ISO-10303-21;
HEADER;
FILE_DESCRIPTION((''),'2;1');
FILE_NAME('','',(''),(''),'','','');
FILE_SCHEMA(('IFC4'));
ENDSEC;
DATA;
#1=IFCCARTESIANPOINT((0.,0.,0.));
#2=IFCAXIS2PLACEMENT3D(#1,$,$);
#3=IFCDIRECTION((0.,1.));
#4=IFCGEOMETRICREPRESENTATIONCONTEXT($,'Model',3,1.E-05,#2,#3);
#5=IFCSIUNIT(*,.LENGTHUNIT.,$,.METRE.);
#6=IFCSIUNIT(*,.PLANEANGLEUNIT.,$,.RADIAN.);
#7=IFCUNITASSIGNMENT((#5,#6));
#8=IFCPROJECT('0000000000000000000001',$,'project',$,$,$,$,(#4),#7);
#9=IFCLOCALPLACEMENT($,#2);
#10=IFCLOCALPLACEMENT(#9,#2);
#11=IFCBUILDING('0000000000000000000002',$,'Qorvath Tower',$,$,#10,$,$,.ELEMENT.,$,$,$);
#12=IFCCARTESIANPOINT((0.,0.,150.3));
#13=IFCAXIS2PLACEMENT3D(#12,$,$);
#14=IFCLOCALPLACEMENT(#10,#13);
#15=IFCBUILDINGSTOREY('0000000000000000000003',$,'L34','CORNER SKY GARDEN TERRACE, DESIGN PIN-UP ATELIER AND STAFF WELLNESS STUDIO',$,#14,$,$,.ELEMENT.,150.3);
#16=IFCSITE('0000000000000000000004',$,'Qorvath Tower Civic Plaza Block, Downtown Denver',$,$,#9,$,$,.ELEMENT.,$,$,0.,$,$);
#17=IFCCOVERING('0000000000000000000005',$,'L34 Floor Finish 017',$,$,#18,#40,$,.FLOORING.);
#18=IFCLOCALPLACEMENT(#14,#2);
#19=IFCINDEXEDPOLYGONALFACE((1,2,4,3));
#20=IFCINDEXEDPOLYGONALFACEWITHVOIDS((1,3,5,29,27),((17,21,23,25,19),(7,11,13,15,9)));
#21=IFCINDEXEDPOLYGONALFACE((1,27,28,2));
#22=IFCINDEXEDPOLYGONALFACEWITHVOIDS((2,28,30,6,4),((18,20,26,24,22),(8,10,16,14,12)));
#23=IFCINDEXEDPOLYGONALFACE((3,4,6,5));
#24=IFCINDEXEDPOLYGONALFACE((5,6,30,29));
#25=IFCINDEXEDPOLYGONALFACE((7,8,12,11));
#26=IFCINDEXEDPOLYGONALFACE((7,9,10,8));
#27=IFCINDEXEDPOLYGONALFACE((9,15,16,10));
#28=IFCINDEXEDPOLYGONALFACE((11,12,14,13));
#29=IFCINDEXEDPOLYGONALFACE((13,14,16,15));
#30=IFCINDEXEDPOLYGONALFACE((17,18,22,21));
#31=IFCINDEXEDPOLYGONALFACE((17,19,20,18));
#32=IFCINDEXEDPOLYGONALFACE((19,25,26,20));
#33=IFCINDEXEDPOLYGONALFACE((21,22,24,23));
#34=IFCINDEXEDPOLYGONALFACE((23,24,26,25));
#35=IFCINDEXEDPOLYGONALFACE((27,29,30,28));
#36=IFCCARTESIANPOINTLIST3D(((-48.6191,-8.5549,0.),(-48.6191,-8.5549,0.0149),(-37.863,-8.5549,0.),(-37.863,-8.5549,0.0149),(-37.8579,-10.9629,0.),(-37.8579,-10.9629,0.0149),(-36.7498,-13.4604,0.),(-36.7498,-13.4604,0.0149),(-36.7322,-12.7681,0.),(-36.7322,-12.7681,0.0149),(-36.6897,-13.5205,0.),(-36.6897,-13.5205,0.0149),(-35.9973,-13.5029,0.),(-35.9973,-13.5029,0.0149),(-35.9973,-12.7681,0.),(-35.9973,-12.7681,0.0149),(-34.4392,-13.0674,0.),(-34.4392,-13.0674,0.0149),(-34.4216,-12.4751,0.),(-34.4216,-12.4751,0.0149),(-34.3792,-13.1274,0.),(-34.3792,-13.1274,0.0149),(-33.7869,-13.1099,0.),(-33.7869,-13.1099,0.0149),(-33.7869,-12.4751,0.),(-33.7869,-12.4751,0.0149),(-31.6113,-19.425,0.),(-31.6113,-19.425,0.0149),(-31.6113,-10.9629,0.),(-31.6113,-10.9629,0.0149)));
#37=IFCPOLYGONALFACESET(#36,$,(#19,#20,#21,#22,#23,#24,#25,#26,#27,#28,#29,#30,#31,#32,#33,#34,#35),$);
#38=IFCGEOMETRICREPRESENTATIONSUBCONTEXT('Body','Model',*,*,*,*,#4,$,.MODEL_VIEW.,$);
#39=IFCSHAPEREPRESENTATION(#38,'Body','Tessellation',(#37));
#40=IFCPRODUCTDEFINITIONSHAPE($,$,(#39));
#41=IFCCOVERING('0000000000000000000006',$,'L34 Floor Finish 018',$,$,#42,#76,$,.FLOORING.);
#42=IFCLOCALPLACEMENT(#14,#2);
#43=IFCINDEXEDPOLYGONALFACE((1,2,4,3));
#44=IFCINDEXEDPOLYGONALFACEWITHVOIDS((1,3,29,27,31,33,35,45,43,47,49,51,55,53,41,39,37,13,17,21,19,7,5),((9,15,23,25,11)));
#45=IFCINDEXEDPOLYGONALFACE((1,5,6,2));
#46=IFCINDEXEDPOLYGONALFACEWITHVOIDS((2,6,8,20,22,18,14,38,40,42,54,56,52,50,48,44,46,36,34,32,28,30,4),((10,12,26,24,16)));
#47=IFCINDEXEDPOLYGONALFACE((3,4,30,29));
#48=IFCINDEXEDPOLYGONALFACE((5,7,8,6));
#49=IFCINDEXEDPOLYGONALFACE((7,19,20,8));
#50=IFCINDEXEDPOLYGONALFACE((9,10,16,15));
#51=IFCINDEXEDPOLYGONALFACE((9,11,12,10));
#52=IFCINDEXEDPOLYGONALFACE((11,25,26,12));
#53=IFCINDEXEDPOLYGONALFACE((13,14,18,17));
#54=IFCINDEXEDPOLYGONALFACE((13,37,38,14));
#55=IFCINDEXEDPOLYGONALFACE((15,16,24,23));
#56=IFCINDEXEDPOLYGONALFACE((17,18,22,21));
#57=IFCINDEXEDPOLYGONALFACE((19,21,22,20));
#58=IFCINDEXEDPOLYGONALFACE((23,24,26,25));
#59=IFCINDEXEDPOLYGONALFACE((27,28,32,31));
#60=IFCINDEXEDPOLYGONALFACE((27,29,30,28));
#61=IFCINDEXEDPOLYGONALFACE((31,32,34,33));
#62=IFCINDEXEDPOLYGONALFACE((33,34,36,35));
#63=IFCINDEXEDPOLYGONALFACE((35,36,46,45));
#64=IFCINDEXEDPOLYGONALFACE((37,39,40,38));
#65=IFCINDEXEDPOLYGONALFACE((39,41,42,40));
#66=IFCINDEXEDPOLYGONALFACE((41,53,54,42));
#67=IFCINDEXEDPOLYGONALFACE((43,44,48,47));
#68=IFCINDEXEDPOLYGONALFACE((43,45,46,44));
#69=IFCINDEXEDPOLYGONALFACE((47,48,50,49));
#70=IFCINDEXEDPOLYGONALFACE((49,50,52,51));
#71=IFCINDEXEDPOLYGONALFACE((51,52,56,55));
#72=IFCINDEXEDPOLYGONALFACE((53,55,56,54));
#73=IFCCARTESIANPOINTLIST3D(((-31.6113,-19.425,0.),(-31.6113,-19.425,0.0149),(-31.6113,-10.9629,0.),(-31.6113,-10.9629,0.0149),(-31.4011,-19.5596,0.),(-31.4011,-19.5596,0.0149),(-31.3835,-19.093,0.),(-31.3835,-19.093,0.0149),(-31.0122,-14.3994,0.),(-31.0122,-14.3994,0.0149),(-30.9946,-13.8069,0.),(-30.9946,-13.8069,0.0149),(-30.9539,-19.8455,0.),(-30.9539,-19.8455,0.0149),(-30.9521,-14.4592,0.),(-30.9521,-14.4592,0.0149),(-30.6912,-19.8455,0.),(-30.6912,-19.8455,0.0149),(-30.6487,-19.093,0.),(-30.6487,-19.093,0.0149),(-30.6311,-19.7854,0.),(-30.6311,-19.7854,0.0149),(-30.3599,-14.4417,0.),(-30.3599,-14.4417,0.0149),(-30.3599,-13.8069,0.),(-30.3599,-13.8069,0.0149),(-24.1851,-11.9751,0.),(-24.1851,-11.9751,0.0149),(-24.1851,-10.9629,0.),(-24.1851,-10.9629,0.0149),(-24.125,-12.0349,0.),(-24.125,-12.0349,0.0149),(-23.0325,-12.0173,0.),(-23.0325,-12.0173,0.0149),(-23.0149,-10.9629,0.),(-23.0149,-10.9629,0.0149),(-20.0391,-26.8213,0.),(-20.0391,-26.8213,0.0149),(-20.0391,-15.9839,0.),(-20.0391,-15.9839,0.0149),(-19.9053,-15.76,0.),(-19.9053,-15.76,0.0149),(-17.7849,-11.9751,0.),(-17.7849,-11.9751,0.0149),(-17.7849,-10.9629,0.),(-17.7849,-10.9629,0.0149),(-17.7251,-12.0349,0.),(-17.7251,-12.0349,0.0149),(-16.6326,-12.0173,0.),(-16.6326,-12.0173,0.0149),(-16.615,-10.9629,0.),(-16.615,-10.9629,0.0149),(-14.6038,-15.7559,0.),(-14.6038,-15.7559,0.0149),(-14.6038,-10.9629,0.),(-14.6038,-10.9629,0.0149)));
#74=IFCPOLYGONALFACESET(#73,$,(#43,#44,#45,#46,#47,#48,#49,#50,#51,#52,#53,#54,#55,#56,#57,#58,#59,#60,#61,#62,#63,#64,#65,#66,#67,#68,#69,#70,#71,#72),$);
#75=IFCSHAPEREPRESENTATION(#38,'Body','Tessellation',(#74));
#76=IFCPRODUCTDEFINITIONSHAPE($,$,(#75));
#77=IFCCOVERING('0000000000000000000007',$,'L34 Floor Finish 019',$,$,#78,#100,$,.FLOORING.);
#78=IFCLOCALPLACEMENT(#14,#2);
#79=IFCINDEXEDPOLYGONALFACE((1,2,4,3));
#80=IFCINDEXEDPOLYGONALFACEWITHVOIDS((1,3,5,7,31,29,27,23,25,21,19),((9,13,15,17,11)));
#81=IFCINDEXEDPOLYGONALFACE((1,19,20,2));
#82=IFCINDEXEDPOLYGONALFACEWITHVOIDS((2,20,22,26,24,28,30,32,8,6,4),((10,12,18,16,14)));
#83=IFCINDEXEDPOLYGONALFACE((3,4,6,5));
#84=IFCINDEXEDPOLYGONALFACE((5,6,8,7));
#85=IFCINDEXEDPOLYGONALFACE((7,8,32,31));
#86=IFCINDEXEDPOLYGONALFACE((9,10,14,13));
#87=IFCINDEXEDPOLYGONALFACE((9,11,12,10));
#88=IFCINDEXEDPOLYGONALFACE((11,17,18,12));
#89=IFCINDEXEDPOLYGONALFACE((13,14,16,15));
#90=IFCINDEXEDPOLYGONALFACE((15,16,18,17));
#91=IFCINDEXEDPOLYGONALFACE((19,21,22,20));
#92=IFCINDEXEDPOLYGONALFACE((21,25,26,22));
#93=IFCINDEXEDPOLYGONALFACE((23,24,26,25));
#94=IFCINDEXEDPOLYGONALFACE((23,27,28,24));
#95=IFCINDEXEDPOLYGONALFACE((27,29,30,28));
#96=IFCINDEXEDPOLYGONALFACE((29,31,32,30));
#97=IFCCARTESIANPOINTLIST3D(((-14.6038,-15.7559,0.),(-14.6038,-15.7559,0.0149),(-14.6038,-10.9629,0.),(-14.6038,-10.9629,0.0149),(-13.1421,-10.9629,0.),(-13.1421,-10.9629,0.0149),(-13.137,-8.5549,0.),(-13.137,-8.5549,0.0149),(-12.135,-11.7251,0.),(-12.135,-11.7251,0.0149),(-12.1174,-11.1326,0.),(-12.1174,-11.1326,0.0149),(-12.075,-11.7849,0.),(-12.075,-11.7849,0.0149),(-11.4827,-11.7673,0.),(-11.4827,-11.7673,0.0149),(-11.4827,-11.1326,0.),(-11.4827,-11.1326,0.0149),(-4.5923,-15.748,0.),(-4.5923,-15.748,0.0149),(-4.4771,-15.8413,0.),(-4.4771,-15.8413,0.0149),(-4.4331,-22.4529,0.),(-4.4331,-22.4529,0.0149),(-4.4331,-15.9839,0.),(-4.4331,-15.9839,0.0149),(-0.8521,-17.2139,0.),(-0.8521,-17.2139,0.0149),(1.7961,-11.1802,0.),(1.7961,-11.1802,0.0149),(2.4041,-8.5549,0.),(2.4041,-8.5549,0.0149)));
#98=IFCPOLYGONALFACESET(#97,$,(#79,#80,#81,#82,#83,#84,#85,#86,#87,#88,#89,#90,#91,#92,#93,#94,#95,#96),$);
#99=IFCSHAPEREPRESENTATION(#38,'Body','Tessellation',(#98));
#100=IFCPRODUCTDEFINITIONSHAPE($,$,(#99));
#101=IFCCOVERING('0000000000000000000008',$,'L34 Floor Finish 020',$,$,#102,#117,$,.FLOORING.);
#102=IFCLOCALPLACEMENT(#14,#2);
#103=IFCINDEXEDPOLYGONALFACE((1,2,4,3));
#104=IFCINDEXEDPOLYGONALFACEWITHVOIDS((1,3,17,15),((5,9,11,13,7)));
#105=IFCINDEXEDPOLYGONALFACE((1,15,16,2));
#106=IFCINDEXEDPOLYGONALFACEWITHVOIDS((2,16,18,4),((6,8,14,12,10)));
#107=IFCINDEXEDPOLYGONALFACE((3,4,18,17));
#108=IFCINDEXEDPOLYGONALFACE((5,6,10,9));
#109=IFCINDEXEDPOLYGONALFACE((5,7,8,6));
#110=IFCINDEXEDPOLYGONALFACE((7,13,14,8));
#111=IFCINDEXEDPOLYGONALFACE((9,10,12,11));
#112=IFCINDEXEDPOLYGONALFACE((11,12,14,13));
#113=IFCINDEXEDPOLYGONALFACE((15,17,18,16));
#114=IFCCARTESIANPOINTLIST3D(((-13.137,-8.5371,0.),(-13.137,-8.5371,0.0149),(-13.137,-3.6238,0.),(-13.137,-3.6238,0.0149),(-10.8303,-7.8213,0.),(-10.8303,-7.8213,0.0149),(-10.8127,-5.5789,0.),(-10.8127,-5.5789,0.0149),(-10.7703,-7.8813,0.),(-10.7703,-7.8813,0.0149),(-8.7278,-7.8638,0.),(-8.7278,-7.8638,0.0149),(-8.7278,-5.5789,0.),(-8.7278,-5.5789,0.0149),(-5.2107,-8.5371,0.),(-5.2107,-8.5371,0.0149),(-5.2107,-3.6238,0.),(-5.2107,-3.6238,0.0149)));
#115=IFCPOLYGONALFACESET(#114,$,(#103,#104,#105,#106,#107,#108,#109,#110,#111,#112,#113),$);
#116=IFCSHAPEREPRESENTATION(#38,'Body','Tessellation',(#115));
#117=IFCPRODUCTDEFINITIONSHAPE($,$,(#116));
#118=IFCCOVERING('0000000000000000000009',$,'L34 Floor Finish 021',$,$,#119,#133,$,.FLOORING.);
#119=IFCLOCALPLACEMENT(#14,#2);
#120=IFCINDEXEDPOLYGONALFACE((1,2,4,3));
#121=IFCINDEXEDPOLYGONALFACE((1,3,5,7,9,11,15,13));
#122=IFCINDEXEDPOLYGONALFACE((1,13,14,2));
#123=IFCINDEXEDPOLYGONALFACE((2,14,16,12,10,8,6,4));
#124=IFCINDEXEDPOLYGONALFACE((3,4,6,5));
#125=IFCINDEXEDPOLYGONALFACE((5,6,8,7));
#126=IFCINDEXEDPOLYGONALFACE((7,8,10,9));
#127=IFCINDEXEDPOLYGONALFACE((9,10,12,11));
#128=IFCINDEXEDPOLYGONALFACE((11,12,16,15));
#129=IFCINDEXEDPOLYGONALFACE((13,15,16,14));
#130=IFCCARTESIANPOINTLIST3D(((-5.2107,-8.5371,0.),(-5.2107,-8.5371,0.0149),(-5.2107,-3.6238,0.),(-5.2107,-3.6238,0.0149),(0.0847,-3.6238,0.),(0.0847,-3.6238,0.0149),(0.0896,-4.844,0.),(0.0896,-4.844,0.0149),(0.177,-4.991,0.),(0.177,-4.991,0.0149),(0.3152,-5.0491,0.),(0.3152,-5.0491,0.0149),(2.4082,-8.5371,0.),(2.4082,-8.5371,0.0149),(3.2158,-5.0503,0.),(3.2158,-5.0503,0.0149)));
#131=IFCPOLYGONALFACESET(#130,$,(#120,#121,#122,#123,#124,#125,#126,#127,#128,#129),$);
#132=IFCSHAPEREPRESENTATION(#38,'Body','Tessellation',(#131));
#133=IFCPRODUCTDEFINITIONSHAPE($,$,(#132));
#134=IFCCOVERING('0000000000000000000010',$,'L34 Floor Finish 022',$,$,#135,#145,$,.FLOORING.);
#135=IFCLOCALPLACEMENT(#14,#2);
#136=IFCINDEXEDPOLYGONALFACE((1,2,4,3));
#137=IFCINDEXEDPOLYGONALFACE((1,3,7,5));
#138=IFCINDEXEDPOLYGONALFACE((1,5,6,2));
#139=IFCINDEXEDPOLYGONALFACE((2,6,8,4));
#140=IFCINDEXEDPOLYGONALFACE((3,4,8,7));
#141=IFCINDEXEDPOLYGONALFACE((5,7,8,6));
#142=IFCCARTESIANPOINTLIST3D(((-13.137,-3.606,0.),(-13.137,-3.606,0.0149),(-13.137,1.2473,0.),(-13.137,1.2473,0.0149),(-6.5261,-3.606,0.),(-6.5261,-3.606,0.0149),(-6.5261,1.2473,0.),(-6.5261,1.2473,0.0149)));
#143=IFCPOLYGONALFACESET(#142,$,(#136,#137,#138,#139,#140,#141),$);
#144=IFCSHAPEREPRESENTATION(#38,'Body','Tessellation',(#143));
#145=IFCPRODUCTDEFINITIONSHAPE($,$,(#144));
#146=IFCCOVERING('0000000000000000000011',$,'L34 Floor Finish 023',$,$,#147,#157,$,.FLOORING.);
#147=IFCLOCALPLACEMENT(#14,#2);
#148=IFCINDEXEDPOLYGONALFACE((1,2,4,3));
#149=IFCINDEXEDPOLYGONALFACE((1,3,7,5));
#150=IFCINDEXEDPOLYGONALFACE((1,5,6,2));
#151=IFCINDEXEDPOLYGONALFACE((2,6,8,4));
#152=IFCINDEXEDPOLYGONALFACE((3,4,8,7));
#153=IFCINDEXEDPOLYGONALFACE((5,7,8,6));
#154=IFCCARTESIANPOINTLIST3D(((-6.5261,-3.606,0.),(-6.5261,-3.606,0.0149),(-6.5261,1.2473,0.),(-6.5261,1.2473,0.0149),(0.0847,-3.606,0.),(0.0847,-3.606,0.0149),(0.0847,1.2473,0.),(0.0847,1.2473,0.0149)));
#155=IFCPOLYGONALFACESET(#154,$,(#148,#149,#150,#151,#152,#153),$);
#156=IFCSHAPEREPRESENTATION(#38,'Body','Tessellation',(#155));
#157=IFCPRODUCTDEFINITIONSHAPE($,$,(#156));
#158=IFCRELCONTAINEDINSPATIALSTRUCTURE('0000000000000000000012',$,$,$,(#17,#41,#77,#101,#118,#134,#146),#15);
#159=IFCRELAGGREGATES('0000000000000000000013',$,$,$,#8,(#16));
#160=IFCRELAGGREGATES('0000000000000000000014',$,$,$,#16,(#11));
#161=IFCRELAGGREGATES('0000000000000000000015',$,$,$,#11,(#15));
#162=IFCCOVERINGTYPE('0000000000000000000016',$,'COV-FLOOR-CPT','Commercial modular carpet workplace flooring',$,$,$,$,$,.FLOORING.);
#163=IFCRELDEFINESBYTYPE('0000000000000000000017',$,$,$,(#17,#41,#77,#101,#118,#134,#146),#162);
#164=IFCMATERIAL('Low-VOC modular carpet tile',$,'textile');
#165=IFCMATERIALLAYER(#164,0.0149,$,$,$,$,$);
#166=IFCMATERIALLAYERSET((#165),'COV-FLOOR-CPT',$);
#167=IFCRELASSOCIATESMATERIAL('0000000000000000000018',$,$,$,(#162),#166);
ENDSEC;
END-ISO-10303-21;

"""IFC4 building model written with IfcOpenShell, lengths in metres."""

from ifc_helpers import new_model, si_unit, direction, frame, origin, place, context, subcontext, project, spatial, polyline, outline, extrude, material, layer, layer_set, type_object, element, save


model = new_model("IFC4")

# Units and contexts
model_context = context("Model", 3, precision=1e-05, world=origin(), true_north=direction((0.0, 1.0)))
body_context = subcontext(model_context, "Body", "Model", "MODEL_VIEW")
ifc_project = project(units=[si_unit("LENGTHUNIT", "METRE"), si_unit("PLANEANGLEUNIT", "RADIAN")], contexts=[model_context])

# Site, building, storey
site_placement = place(None, origin())
site = spatial("IfcSite", under=ifc_project, at=site_placement, Name="Qorvath Tower Civic Plaza Block, Downtown Denver", CompositionType="ELEMENT", RefElevation=0.0)
building_placement = place(site_placement, origin())
building = spatial("IfcBuilding", under=site, at=building_placement, Name="Qorvath Tower", CompositionType="ELEMENT")
storey_placement = place(building_placement, frame((0.0, 0.0, 150.3)))
storey = spatial("IfcBuildingStorey", under=building, at=storey_placement, Name="L34", Description="CORNER SKY GARDEN TERRACE, DESIGN PIN-UP ATELIER AND STAFF WELLNESS STUDIO", CompositionType="ELEMENT", Elevation=150.3)

# Coverings
ifc_material_1 = material(Name="Low-VOC modular carpet tile", Category="textile")
ifc_layer_1 = layer(ifc_material_1, 0.0149)
ifc_layer_set_1 = layer_set([ifc_layer_1], Name="COV-FLOOR-CPT")
covering_type_1 = type_object("IfcCoveringType", Name="COV-FLOOR-CPT", Description="Commercial modular carpet workplace flooring", PredefinedType="FLOORING", material=ifc_layer_set_1)
covering_1_placement = place(storey_placement, origin())
element("IfcCovering", 1, at=covering_1_placement, inside=storey, type_object=covering_type_1, Name="L34 Floor Finish 017", PredefinedType="FLOORING", context=body_context, shape_type="SweptSolid", body=[
    extrude(outline(polyline([(-31.6113, -19.425), (-31.6113, -10.9629), (-37.8579, -10.9629), (-37.863, -8.5549), (-48.6191, -8.5549), (-31.6113, -19.425)]), holes=[polyline([(-34.4392, -13.0674), (-34.4216, -12.4751), (-33.7869, -12.4751), (-33.7869, -13.1099), (-34.3792, -13.1274), (-34.4392, -13.0674)]), polyline([(-36.7498, -13.4604), (-36.7322, -12.7681), (-35.9973, -12.7681), (-35.9973, -13.5029), (-36.6897, -13.5205), (-36.7498, -13.4604)])]), origin(), (0.0, 0.0, 1.0), 0.0149),
])
covering_2_placement = place(storey_placement, origin())
element("IfcCovering", 2, at=covering_2_placement, inside=storey, type_object=covering_type_1, Name="L34 Floor Finish 018", PredefinedType="FLOORING", context=body_context, shape_type="SweptSolid", body=[
    extrude(outline(polyline([(-14.6038, -15.7559), (-14.6038, -10.9629), (-16.615, -10.9629), (-16.6326, -12.0173), (-17.7251, -12.0349), (-17.7849, -11.9751), (-17.7849, -10.9629), (-23.0149, -10.9629), (-23.0325, -12.0173), (-24.125, -12.0349), (-24.1851, -11.9751), (-24.1851, -10.9629), (-31.6113, -10.9629), (-31.6113, -19.425), (-31.4011, -19.5596), (-31.3835, -19.093), (-30.6487, -19.093), (-30.6311, -19.7854), (-30.6912, -19.8455), (-30.9539, -19.8455), (-20.0391, -26.8213), (-20.0391, -15.9839), (-19.9053, -15.76), (-14.6038, -15.7559)]), holes=[polyline([(-31.0122, -14.3994), (-30.9946, -13.8069), (-30.3599, -13.8069), (-30.3599, -14.4417), (-30.9521, -14.4592), (-31.0122, -14.3994)])]), origin(), (0.0, 0.0, 1.0), 0.0149),
])
covering_3_placement = place(storey_placement, origin())
element("IfcCovering", 3, at=covering_3_placement, inside=storey, type_object=covering_type_1, Name="L34 Floor Finish 019", PredefinedType="FLOORING", context=body_context, shape_type="SweptSolid", body=[
    extrude(outline(polyline([(-4.4331, -15.9839), (-4.4331, -22.4529), (-0.8521, -17.2139), (1.7961, -11.1802), (2.4041, -8.5549), (-13.137, -8.5549), (-13.1421, -10.9629), (-14.6038, -10.9629), (-14.6038, -15.7559), (-4.5923, -15.748), (-4.4771, -15.8413), (-4.4331, -15.9839)]), holes=[polyline([(-12.135, -11.7251), (-12.1174, -11.1326), (-11.4827, -11.1326), (-11.4827, -11.7673), (-12.075, -11.7849), (-12.135, -11.7251)])]), origin(), (0.0, 0.0, 1.0), 0.0149),
])
covering_4_placement = place(storey_placement, origin())
element("IfcCovering", 4, at=covering_4_placement, inside=storey, type_object=covering_type_1, Name="L34 Floor Finish 020", PredefinedType="FLOORING", context=body_context, shape_type="SweptSolid", body=[
    extrude(outline(polyline([(-5.2107, -8.5371), (-5.2107, -3.6238), (-13.137, -3.6238), (-13.137, -8.5371), (-5.2107, -8.5371)]), holes=[polyline([(-10.8303, -7.8213), (-10.8127, -5.5789), (-8.7278, -5.5789), (-8.7278, -7.8638), (-10.7703, -7.8813), (-10.8303, -7.8213)])]), origin(), (0.0, 0.0, 1.0), 0.0149),
])
covering_5_placement = place(storey_placement, origin())
element("IfcCovering", 5, at=covering_5_placement, inside=storey, type_object=covering_type_1, Name="L34 Floor Finish 021", PredefinedType="FLOORING", context=body_context, shape_type="SweptSolid", body=[
    extrude(outline(polyline([(0.177, -4.991), (0.0896, -4.844), (0.0847, -3.6238), (-5.2107, -3.6238), (-5.2107, -8.5371), (2.4082, -8.5371), (3.2158, -5.0503), (0.3152, -5.0491), (0.177, -4.991)])), origin(), (0.0, 0.0, 1.0), 0.0149),
])
covering_6_placement = place(storey_placement, origin())
element("IfcCovering", 6, at=covering_6_placement, inside=storey, type_object=covering_type_1, Name="L34 Floor Finish 022", PredefinedType="FLOORING", context=body_context, shape_type="SweptSolid", body=[
    extrude(outline(polyline([(-13.137, -3.606), (-6.5261, -3.606), (-6.5261, 1.2473), (-13.137, 1.2473), (-13.137, -3.606)])), origin(), (0.0, 0.0, 1.0), 0.0149),
])
covering_7_placement = place(storey_placement, origin())
element("IfcCovering", 7, at=covering_7_placement, inside=storey, type_object=covering_type_1, Name="L34 Floor Finish 023", PredefinedType="FLOORING", context=body_context, shape_type="SweptSolid", body=[
    extrude(outline(polyline([(-6.5261, 1.2473), (-6.5261, -3.606), (0.0847, -3.606), (0.0847, 1.2473), (-6.5261, 1.2473)])), origin(), (0.0, 0.0, 1.0), 0.0149),
])

save(model, "model.ifc")
